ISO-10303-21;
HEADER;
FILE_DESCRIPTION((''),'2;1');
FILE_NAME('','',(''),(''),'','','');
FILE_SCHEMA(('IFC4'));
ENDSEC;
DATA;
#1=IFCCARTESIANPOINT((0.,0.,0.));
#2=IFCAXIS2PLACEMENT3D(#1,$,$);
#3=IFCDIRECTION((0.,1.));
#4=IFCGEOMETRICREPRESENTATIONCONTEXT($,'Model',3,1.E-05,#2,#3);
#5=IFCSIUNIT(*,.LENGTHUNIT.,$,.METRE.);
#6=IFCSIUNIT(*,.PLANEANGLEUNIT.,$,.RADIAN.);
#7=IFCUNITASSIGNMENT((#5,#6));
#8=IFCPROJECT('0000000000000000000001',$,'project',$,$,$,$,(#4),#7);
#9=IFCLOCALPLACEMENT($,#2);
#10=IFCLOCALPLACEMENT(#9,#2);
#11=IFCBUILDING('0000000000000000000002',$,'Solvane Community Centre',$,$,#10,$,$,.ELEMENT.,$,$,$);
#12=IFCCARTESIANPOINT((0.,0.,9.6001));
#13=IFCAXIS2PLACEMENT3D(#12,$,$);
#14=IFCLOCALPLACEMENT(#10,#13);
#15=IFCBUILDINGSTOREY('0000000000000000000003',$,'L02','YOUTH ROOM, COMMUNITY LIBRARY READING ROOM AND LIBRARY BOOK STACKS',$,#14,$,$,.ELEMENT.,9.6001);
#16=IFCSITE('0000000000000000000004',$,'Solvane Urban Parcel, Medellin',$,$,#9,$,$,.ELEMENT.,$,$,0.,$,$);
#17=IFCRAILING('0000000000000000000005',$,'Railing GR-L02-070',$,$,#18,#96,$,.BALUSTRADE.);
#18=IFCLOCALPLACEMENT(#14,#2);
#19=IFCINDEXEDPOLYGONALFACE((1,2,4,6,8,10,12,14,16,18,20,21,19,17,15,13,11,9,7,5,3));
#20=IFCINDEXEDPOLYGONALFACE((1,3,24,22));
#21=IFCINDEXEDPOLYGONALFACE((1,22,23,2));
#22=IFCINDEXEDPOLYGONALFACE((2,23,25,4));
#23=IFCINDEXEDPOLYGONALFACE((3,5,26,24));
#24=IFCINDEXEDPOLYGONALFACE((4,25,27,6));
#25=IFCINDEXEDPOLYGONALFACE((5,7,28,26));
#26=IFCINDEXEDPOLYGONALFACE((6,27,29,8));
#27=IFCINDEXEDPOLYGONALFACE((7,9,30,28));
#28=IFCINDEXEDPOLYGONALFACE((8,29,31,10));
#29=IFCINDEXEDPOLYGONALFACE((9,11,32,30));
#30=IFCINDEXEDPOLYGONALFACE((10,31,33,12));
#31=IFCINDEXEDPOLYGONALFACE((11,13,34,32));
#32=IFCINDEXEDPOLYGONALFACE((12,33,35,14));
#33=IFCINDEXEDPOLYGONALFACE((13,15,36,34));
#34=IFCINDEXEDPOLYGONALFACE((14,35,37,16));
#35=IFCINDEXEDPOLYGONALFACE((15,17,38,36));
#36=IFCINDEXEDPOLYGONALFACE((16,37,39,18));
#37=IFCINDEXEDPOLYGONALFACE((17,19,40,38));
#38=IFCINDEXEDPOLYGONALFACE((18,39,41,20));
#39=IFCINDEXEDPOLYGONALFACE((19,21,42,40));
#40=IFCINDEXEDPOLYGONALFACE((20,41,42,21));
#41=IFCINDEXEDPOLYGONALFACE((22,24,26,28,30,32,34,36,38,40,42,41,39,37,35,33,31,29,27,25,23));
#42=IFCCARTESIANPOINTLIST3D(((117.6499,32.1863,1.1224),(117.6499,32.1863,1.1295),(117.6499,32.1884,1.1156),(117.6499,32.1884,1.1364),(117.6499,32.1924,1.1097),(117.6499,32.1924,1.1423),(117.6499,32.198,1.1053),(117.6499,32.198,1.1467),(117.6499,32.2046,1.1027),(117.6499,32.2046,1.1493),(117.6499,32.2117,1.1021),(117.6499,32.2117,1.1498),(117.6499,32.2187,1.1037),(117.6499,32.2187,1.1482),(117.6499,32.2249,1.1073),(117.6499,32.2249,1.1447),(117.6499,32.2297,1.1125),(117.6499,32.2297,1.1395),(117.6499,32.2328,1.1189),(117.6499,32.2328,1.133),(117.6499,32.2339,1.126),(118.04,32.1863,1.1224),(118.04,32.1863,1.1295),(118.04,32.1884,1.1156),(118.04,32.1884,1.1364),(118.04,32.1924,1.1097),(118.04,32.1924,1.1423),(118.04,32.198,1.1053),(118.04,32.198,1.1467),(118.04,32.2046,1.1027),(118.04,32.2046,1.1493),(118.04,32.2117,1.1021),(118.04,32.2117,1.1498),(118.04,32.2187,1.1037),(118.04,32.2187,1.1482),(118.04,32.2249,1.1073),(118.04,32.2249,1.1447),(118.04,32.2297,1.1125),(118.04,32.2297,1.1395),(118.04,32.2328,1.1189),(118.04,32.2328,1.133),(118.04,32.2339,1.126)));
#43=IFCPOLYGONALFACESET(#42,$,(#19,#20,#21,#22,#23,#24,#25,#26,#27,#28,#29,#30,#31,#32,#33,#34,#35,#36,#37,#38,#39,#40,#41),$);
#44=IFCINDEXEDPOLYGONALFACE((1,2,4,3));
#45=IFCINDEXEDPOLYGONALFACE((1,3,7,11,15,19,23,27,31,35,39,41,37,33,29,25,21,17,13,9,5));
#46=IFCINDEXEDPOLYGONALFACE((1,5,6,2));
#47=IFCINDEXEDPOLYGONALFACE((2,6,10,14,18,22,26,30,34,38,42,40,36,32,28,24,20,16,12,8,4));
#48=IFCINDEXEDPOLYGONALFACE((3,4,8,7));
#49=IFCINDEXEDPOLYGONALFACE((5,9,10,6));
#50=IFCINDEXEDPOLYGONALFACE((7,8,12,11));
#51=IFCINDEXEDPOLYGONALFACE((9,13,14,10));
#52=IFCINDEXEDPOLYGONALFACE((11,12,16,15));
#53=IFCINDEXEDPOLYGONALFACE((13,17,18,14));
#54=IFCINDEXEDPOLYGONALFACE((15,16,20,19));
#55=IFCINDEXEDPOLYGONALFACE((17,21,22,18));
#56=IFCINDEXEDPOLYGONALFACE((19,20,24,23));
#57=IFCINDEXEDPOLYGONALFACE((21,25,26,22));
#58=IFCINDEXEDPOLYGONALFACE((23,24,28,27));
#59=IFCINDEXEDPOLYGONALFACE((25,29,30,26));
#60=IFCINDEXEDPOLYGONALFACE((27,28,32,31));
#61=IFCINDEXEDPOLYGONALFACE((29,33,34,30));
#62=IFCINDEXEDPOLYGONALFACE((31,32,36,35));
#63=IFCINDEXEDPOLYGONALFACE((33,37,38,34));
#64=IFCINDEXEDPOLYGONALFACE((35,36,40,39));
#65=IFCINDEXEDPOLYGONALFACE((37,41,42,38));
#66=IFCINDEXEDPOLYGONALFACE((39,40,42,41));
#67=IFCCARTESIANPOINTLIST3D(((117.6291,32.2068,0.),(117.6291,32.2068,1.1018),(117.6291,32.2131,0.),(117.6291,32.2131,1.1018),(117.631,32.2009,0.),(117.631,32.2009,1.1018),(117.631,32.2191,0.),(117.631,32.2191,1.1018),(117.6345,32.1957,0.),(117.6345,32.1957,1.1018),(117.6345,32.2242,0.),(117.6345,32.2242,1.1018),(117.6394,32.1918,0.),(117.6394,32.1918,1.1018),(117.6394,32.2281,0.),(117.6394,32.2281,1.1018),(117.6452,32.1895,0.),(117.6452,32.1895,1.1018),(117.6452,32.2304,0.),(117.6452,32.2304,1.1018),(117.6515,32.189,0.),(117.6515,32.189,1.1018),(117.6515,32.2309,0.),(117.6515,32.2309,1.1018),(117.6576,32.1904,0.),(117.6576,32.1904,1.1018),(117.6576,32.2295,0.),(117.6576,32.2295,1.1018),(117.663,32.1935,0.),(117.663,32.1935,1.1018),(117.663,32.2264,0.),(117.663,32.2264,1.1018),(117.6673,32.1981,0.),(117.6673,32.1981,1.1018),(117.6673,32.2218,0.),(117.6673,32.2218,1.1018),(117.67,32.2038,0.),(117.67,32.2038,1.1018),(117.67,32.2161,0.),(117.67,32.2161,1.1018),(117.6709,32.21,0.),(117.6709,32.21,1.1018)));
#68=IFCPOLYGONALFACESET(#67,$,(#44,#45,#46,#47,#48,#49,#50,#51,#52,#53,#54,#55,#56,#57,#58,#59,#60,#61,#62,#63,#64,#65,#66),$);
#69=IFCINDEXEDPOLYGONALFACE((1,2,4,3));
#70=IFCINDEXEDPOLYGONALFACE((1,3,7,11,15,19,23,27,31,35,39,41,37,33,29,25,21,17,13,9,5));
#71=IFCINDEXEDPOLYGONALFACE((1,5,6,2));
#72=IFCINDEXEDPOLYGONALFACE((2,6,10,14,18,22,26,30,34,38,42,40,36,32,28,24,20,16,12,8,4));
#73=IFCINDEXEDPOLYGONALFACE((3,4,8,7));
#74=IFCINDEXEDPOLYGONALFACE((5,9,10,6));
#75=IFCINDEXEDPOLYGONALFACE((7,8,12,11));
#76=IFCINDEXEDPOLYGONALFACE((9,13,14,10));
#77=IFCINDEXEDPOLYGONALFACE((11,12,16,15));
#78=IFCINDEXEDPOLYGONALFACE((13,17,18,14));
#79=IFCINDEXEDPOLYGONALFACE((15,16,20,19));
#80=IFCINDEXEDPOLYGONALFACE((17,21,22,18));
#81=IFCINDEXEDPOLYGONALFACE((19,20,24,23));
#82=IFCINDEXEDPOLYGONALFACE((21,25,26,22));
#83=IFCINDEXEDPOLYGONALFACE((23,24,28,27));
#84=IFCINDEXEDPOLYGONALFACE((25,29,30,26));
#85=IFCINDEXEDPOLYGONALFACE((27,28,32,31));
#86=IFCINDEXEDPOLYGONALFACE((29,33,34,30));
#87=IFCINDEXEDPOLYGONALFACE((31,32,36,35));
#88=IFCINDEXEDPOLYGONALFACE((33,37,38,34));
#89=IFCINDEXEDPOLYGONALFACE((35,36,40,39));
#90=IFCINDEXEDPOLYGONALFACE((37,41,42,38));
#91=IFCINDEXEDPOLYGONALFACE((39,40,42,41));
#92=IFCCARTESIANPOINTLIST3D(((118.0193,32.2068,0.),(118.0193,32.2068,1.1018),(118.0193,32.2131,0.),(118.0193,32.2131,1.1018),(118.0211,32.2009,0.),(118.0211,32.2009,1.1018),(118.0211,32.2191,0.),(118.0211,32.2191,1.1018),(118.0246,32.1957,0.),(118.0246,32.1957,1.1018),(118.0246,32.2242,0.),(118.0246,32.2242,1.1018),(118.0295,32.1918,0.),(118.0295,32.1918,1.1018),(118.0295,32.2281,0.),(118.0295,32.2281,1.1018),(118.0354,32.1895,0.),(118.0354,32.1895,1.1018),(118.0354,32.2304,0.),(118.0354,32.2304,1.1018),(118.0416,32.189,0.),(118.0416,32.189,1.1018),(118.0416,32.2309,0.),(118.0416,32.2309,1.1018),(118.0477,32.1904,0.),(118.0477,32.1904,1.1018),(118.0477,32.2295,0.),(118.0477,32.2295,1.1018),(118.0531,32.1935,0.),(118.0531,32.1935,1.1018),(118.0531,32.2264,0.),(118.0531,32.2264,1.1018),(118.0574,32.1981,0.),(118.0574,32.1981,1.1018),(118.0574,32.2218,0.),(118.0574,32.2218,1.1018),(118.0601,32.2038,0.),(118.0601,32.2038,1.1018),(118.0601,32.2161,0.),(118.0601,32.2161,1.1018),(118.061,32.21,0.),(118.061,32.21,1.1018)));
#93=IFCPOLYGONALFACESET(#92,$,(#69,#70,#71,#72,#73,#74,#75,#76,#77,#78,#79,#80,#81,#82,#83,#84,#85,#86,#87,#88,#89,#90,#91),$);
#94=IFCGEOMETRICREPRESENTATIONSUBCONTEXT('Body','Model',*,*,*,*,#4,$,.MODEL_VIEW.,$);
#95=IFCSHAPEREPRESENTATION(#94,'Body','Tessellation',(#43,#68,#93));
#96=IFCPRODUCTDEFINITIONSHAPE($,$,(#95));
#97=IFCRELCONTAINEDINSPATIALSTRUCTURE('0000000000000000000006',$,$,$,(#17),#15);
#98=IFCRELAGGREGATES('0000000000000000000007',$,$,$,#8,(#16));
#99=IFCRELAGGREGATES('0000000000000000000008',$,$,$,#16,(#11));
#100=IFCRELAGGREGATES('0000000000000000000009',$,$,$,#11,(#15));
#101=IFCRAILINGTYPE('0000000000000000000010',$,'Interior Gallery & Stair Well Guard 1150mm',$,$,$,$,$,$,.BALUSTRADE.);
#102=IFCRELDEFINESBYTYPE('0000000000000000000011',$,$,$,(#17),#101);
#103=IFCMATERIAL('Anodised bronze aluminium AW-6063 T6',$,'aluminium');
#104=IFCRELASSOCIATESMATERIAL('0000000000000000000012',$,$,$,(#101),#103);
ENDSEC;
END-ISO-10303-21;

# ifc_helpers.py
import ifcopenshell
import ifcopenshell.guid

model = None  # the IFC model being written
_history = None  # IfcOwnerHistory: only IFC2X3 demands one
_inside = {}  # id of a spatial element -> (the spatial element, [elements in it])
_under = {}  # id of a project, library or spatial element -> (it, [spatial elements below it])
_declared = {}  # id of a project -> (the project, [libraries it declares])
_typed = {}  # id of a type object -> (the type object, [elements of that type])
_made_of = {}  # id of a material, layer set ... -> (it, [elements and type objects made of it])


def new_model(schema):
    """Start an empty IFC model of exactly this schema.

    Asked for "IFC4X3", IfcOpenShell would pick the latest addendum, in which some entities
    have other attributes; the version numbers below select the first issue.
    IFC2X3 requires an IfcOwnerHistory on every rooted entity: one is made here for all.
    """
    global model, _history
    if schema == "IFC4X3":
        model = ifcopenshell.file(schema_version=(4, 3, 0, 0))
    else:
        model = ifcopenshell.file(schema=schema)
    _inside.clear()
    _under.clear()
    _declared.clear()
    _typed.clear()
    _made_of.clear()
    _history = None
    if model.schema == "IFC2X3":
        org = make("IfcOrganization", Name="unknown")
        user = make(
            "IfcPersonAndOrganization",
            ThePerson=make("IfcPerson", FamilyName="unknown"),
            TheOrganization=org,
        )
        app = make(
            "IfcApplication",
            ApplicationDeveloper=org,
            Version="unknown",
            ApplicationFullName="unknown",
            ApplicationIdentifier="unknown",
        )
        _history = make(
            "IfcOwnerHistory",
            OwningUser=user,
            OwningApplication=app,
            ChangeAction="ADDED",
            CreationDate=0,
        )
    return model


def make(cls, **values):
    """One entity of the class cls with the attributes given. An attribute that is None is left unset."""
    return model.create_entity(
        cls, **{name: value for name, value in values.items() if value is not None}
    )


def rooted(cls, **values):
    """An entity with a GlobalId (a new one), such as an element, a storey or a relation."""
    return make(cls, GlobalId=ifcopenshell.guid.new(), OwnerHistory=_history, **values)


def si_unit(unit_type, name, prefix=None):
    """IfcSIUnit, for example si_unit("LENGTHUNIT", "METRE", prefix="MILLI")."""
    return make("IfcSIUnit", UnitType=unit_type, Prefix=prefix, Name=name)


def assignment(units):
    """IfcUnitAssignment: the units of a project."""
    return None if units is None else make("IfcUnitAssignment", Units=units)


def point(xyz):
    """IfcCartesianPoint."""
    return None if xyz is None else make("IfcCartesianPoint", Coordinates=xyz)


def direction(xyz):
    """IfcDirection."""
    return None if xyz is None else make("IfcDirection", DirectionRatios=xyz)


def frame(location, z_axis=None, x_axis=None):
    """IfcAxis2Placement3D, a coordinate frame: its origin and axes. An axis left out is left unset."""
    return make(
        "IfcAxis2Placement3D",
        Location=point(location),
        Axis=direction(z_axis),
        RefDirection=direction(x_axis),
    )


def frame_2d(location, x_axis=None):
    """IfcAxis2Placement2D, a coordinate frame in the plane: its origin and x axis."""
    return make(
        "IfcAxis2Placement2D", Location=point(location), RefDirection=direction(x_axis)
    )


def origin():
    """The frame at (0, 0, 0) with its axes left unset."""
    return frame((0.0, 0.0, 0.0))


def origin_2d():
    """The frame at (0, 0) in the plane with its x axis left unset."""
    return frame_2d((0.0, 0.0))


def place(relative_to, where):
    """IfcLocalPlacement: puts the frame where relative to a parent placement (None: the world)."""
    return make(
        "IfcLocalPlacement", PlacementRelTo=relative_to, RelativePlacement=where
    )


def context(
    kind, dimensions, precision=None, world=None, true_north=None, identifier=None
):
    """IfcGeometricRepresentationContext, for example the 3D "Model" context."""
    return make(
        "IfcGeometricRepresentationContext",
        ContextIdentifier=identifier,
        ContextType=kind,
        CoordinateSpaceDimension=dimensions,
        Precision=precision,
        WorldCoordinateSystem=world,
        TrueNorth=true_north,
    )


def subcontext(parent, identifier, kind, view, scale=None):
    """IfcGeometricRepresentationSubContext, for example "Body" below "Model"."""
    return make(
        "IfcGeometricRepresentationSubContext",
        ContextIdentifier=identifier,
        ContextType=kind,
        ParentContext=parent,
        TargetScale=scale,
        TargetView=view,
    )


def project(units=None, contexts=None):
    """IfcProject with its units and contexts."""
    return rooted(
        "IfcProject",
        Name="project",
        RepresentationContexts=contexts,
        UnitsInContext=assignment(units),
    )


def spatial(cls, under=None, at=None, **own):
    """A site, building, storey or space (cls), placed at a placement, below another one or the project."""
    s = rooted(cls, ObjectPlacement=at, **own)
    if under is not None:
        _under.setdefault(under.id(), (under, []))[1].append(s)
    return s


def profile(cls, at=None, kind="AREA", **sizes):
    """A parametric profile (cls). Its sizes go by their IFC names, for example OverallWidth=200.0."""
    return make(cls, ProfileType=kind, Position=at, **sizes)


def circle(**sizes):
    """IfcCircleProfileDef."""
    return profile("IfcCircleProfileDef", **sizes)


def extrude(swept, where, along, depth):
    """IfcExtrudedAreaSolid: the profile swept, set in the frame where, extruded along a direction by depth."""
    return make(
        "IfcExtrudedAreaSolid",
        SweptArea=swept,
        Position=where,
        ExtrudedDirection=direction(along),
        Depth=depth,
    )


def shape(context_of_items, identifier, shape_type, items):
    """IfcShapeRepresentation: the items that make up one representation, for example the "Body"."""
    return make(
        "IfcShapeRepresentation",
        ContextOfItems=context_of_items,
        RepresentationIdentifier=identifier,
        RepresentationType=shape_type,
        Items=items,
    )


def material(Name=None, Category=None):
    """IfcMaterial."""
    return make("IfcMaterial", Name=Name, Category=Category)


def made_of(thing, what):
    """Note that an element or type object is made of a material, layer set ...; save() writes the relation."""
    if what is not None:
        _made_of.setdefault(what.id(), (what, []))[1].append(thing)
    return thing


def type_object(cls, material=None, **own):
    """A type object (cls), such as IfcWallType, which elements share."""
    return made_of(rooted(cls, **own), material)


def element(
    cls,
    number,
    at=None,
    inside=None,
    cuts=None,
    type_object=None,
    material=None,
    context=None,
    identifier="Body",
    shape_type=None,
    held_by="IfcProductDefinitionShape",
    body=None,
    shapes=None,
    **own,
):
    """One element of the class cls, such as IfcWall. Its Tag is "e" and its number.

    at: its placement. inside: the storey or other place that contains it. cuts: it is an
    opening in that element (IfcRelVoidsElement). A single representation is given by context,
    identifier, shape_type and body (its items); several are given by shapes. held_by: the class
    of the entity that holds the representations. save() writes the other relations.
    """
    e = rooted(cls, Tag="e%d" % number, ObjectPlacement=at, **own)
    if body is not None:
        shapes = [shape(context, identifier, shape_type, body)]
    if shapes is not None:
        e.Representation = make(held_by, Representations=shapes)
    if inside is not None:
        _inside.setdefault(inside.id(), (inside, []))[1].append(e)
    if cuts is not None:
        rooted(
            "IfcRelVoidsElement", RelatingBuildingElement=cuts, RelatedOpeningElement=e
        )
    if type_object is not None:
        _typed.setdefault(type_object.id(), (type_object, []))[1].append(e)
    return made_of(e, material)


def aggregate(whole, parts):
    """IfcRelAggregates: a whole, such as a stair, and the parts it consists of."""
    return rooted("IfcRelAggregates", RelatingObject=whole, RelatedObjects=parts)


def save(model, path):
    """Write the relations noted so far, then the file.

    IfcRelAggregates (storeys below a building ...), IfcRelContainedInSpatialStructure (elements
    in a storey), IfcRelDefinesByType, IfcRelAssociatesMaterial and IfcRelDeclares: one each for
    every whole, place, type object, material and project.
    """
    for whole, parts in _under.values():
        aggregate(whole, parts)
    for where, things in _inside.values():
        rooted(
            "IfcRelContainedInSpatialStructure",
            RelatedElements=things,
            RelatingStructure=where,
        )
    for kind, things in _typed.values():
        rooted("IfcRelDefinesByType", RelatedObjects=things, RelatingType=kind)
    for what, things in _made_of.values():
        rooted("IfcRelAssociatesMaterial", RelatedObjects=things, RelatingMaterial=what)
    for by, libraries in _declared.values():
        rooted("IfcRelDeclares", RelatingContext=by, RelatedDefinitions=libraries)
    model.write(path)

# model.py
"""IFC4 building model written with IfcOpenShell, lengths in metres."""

from ifc_helpers import new_model, si_unit, direction, frame, origin, origin_2d, place, context, subcontext, project, spatial, circle, extrude, material, type_object, element, save


model = new_model("IFC4")

# Units and contexts
model_context = context("Model", 3, precision=1e-05, world=origin(), true_north=direction((0.0, 1.0)))
body_context = subcontext(model_context, "Body", "Model", "MODEL_VIEW")
ifc_project = project(units=[si_unit("LENGTHUNIT", "METRE"), si_unit("PLANEANGLEUNIT", "RADIAN")], contexts=[model_context])

# Site, building, storey
site_placement = place(None, origin())
site = spatial("IfcSite", under=ifc_project, at=site_placement, Name="Solvane Urban Parcel, Medellin", CompositionType="ELEMENT", RefElevation=0.0)
building_placement = place(site_placement, origin())
building = spatial("IfcBuilding", under=site, at=building_placement, Name="Solvane Community Centre", CompositionType="ELEMENT")
storey_placement = place(building_placement, frame((0.0, 0.0, 9.6001)))
storey = spatial("IfcBuildingStorey", under=building, at=storey_placement, Name="L02", Description="YOUTH ROOM, COMMUNITY LIBRARY READING ROOM AND LIBRARY BOOK STACKS", CompositionType="ELEMENT", Elevation=9.6001)

# Shared definitions
ifc_material_1 = material(Name="Anodised bronze aluminium AW-6063 T6", Category="aluminium")

# Railing
railing_type_1 = type_object("IfcRailingType", Name="Interior Gallery & Stair Well Guard 1150mm", PredefinedType="BALUSTRADE", material=ifc_material_1)
railing_1_placement = place(storey_placement, frame((117.6499, 32.21, 0.0)))
element("IfcRailing", 1, at=railing_1_placement, inside=storey, type_object=railing_type_1, Name="Railing GR-L02-070", PredefinedType="BALUSTRADE", context=body_context, shape_type="SweptSolid", body=[
    extrude(circle(Radius=0.0239, at=origin_2d()), frame((0.0, 0.0, 1.126), z_axis=(1.0, 0.0, 0.0), x_axis=(0.0, 1.0, 0.0)), (0.0, 0.0, 1.0), 0.3901),
    extrude(circle(Radius=0.021, at=origin_2d()), origin(), (0.0, 0.0, 1.0), 1.1018),
    extrude(circle(Radius=0.021, at=origin_2d()), frame((0.3901, 0.0, 0.0)), (0.0, 0.0, 1.0), 1.1018),
])

save(model, "model.ifc")
